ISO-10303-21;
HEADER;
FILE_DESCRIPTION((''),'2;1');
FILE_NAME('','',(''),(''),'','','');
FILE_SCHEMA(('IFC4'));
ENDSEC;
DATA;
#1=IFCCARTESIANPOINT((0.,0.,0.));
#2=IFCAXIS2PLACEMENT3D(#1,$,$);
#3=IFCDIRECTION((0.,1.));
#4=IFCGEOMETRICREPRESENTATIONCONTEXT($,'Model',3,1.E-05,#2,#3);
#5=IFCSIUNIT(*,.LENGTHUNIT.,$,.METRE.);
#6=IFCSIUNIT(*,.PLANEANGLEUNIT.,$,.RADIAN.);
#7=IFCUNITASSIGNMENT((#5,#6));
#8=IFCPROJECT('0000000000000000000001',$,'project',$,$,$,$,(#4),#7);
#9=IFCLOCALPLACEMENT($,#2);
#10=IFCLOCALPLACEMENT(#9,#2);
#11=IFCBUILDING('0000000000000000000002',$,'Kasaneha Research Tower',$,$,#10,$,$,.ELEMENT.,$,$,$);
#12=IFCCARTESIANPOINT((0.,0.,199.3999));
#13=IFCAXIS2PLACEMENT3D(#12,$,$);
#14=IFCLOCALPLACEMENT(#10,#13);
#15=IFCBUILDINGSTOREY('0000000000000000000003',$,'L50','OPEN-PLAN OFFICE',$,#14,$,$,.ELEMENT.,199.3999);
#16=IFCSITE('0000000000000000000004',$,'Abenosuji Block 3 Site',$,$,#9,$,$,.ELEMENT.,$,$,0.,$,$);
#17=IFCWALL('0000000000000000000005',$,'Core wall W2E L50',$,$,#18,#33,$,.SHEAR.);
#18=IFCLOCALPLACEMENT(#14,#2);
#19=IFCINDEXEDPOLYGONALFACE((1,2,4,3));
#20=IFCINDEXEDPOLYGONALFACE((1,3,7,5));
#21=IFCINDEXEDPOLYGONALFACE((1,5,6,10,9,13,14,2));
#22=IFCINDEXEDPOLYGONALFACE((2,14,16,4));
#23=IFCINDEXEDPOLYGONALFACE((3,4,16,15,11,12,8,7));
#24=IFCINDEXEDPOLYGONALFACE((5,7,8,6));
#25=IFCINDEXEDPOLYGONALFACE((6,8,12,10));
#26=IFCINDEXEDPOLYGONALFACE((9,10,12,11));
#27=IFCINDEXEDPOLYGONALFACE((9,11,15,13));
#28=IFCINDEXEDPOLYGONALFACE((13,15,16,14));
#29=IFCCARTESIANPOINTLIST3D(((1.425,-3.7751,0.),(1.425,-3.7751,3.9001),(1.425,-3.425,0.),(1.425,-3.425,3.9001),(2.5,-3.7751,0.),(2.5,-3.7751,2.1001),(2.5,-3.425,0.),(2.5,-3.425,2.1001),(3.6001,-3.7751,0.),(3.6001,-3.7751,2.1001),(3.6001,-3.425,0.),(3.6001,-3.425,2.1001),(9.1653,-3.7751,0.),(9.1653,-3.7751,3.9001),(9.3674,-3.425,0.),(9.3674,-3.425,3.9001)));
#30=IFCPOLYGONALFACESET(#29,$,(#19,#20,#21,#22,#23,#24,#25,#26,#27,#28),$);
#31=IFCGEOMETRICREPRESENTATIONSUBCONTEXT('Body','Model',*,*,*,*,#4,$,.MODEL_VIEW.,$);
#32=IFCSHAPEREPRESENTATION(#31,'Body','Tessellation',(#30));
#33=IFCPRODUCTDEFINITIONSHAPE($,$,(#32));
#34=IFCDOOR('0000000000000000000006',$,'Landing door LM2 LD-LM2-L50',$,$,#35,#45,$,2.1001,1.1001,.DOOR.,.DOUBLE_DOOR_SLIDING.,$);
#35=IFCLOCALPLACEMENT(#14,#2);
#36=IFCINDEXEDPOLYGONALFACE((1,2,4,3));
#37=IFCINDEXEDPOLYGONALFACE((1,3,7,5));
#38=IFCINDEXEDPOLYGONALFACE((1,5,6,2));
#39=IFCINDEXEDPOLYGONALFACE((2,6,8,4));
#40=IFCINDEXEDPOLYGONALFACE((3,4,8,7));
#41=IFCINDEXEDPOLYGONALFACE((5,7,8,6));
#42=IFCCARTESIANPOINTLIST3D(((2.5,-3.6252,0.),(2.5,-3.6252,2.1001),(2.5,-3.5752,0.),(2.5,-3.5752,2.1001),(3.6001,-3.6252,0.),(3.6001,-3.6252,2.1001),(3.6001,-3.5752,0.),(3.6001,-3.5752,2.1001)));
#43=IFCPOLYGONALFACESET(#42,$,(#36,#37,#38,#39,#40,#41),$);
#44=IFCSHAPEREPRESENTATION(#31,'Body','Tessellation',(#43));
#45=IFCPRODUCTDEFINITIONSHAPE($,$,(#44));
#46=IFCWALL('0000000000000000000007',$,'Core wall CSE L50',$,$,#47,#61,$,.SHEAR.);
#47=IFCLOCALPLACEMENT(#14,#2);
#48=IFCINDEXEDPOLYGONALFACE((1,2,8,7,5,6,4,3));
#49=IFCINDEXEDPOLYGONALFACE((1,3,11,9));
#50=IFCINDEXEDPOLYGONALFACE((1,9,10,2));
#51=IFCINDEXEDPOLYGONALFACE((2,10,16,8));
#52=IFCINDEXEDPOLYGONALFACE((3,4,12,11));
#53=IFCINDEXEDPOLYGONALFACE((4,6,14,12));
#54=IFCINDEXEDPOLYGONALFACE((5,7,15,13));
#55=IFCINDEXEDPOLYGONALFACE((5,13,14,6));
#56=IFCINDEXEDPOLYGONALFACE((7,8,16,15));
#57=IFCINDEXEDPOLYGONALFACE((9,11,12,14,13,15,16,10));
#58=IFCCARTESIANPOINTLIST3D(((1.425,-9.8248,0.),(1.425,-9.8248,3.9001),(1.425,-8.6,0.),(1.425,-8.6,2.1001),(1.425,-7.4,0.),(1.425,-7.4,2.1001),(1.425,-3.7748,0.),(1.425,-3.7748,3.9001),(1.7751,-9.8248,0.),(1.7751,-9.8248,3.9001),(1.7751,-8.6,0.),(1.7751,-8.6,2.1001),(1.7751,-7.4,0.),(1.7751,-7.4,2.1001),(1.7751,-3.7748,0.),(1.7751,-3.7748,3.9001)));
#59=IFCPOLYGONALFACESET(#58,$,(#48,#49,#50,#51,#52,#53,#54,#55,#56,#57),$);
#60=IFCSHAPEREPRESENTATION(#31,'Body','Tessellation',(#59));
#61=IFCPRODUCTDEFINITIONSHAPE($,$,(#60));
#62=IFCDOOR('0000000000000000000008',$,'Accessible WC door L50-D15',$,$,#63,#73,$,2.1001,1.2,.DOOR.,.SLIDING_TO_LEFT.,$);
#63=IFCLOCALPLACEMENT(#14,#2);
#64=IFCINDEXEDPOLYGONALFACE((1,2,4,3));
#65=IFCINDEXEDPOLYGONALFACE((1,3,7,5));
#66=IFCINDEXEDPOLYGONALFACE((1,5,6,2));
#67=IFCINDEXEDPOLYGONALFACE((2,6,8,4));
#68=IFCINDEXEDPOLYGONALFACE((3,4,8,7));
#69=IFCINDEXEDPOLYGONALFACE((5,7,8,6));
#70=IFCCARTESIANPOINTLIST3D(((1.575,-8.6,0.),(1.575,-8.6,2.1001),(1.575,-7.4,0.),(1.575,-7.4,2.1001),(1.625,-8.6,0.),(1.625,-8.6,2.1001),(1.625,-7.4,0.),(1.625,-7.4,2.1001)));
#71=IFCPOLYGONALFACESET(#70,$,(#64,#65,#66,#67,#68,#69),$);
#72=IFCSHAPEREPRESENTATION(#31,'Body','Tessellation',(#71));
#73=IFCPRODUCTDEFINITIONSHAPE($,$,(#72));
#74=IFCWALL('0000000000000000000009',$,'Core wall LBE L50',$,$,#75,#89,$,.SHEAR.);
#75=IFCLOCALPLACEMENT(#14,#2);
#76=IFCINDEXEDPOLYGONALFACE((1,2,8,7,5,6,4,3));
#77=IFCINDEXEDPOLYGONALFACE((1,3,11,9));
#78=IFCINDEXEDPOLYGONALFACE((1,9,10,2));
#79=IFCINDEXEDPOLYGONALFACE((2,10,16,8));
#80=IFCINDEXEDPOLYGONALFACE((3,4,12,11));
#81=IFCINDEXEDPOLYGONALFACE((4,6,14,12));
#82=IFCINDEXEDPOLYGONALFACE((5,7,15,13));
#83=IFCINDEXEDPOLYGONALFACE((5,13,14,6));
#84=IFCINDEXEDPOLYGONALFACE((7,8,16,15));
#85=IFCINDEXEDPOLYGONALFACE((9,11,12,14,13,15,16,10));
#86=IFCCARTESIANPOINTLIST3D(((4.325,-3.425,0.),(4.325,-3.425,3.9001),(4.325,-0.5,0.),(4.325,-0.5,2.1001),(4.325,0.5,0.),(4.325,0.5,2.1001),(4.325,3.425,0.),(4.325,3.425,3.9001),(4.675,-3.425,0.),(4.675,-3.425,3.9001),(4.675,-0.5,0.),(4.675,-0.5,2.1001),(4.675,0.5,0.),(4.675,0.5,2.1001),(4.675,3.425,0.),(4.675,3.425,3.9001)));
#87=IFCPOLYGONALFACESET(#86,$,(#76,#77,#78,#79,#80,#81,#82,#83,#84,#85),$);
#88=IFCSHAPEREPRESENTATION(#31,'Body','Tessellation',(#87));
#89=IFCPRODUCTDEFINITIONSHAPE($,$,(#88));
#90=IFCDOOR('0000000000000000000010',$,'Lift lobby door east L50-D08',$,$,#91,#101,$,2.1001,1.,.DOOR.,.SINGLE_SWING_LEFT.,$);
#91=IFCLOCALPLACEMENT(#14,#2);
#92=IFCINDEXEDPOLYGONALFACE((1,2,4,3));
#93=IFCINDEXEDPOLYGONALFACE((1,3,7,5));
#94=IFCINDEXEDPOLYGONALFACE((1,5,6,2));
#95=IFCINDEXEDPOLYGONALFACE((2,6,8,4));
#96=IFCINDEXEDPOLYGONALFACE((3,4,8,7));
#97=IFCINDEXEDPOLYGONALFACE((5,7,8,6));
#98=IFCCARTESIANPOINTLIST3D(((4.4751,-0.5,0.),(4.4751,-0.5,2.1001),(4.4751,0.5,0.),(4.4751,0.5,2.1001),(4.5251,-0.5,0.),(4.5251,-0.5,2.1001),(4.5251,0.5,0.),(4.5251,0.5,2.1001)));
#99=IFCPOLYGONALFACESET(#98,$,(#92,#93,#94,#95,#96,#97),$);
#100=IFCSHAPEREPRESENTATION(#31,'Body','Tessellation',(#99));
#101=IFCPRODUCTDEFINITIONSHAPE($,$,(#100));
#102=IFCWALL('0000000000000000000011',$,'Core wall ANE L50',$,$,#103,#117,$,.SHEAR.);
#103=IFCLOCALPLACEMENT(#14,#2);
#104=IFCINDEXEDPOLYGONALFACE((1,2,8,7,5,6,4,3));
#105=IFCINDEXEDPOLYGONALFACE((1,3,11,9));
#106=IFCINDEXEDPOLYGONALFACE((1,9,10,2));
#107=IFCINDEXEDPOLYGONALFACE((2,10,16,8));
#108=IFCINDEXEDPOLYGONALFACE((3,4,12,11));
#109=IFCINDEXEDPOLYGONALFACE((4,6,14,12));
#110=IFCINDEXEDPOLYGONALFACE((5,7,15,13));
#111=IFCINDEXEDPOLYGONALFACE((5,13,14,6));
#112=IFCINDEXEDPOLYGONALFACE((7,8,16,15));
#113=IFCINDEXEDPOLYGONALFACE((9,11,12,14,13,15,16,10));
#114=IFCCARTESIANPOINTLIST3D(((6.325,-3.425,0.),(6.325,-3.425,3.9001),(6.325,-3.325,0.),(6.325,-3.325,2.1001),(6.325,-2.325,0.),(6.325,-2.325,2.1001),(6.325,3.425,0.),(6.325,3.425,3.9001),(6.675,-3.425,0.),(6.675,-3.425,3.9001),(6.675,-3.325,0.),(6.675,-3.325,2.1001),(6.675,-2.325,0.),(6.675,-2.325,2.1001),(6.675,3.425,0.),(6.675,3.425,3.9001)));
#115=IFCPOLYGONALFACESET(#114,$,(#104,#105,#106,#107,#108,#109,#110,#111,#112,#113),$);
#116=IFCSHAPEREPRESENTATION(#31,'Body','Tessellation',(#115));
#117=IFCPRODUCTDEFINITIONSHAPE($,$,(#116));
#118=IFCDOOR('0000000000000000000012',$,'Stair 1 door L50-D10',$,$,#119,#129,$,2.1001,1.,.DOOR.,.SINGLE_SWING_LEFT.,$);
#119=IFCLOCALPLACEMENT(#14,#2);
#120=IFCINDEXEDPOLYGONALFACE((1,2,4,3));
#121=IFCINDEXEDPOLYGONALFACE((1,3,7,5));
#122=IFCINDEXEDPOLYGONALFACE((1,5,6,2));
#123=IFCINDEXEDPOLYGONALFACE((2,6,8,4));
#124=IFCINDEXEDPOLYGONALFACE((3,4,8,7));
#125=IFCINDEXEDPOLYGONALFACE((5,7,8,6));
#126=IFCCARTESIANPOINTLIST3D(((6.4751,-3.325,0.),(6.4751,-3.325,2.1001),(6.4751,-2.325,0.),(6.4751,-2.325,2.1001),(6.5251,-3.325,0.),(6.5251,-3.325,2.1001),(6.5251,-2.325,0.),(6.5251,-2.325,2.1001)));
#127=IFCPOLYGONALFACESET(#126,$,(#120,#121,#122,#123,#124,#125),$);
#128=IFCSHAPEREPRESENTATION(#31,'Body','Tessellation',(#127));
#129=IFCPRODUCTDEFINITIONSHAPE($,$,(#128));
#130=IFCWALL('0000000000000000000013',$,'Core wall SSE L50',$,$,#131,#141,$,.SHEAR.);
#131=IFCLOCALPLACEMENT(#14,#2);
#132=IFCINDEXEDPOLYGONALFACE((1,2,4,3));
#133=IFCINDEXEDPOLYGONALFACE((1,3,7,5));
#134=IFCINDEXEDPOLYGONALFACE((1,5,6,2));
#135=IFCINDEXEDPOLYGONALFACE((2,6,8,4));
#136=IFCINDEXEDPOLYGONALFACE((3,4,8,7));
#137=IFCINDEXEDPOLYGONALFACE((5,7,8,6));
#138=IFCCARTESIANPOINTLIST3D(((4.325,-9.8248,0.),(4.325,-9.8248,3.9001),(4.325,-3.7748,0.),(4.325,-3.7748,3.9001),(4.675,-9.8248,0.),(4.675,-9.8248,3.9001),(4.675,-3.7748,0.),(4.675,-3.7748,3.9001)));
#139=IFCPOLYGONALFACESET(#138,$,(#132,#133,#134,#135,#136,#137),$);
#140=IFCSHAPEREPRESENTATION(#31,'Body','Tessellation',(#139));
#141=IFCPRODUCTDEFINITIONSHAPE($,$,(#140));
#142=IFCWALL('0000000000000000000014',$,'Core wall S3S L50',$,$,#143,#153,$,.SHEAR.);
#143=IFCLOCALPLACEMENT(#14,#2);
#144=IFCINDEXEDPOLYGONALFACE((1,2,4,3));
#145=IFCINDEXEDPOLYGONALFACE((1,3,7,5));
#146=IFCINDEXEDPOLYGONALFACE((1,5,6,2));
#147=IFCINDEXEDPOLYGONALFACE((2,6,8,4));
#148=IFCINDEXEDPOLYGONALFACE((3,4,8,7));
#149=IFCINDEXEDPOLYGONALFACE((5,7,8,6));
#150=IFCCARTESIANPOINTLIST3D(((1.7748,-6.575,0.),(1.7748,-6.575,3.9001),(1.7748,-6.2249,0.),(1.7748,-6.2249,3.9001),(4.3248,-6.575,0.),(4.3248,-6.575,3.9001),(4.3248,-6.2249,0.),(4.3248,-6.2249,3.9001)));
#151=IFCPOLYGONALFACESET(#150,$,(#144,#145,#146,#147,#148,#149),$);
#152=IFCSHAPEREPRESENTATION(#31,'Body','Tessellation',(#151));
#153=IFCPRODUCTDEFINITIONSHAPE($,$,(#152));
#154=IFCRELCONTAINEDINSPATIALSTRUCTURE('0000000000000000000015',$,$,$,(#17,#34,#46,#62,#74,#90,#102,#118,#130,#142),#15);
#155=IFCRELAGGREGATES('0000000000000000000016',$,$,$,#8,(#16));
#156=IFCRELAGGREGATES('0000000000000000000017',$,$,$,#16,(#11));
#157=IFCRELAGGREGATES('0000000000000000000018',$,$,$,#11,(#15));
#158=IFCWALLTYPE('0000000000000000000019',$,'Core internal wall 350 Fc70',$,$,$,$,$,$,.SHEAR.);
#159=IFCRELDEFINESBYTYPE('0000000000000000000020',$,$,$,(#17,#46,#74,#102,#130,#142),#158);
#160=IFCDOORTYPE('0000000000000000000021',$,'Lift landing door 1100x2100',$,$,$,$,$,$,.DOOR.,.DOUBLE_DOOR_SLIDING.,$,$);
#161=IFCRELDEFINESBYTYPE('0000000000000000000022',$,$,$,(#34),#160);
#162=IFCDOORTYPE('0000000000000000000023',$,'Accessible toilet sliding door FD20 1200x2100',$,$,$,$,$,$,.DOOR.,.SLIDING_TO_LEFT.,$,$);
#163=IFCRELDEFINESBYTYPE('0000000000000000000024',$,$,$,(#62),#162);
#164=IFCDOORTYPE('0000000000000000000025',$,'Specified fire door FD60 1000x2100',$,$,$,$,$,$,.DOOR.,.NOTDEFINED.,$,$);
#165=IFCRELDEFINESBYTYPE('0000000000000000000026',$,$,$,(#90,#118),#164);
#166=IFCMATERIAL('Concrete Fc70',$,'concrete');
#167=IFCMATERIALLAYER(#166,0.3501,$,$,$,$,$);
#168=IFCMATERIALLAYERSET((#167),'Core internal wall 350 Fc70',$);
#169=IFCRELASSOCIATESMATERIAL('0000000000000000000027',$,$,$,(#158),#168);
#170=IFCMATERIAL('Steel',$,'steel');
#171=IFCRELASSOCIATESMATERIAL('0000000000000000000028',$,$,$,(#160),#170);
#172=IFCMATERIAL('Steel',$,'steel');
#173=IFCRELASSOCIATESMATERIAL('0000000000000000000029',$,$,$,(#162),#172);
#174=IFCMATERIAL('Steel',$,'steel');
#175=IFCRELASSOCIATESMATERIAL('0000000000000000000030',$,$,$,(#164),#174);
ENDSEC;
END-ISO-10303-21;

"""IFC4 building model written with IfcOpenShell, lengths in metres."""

from ifc_helpers import new_model, si_unit, direction, frame, frame_2d, origin, place, context, subcontext, project, spatial, polyline, rectangle, outline, extrude, material, layer, layer_set, type_object, element, fill, save


model = new_model("IFC4")

# Units and contexts
model_context = context("Model", 3, precision=1e-05, world=origin(), true_north=direction((0.0, 1.0)))
body_context = subcontext(model_context, "Body", "Model", "MODEL_VIEW")
ifc_project = project(units=[si_unit("LENGTHUNIT", "METRE"), si_unit("PLANEANGLEUNIT", "RADIAN")], contexts=[model_context])

# Site, building, storey
site_placement = place(None, origin())
site = spatial("IfcSite", under=ifc_project, at=site_placement, Name="Abenosuji Block 3 Site", CompositionType="ELEMENT", RefElevation=0.0)
building_placement = place(site_placement, origin())
building = spatial("IfcBuilding", under=site, at=building_placement, Name="Kasaneha Research Tower", CompositionType="ELEMENT")
storey_placement = place(building_placement, frame((0.0, 0.0, 199.3999)))
storey = spatial("IfcBuildingStorey", under=building, at=storey_placement, Name="L50", Description="OPEN-PLAN OFFICE", CompositionType="ELEMENT", Elevation=199.3999)

# Walls, openings, doors
ifc_material_1 = material(Name="Concrete Fc70", Category="concrete")
ifc_layer_1 = layer(ifc_material_1, 0.3501)
ifc_layer_set_1 = layer_set([ifc_layer_1], Name="Core internal wall 350 Fc70")
wall_type_1 = type_object("IfcWallType", Name="Core internal wall 350 Fc70", PredefinedType="SHEAR", material=ifc_layer_set_1)
wall_1_placement = place(storey_placement, frame((1.425, -3.6001, 0.0), z_axis=(0.0, 0.0, 1.0), x_axis=(1.0, 0.0, 0.0)))
wall_1 = element("IfcWall", 1, at=wall_1_placement, inside=storey, type_object=wall_type_1, Name="Core wall W2E L50", PredefinedType="SHEAR", context=body_context, shape_type="SweptSolid", body=[
    extrude(outline(polyline([(0.0, -0.175), (1.075, -0.175), (2.175, -0.175), (7.7402, -0.175), (7.9424, 0.175), (2.175, 0.175), (1.075, 0.175), (0.0, 0.175), (0.0, -0.175)])), origin(), (0.0, 0.0, 1.0), 3.9001),
])
opening_1_placement = place(wall_1_placement, frame((1.075, 0.0, 0.0)))
opening_1 = element("IfcOpeningElement", 2, at=opening_1_placement, cuts=wall_1, PredefinedType="OPENING", context=body_context, shape_type="SweptSolid", body=[
    extrude(rectangle(XDim=1.1001, YDim=2.1001, at=frame_2d((0.55, 1.05))), frame((0.0, 0.1851, 0.0), z_axis=(0.0, -1.0, 0.0), x_axis=(1.0, 0.0, 0.0)), (0.0, 0.0, 1.0), 0.3701),
])
ifc_material_2 = material(Name="Steel", Category="steel")
door_type_1 = type_object("IfcDoorType", Name="Lift landing door 1100x2100", OperationType="DOUBLE_DOOR_SLIDING", PredefinedType="DOOR", material=ifc_material_2)
door_1_placement = place(opening_1_placement, origin())
door_1 = element("IfcDoor", 3, at=door_1_placement, inside=storey, type_object=door_type_1, Name="Landing door LM2 LD-LM2-L50", OperationType="DOUBLE_DOOR_SLIDING", OverallHeight=2.1001, OverallWidth=1.1001, PredefinedType="DOOR", context=body_context, shape_type="SweptSolid", body=[
    extrude(rectangle(XDim=1.1001, YDim=2.1001, at=frame_2d((0.55, 1.05))), frame((0.0, 0.0249, 0.0), z_axis=(0.0, -1.0, 0.0), x_axis=(1.0, 0.0, 0.0)), (0.0, 0.0, 1.0), 0.05),
])
fill(opening_1, door_1)
wall_2_placement = place(storey_placement, frame((1.6001, -3.7749, 0.0), z_axis=(0.0, 0.0, 1.0), x_axis=(0.0, -1.0, 0.0)))
wall_2 = element("IfcWall", 4, at=wall_2_placement, inside=storey, type_object=wall_type_1, Name="Core wall CSE L50", PredefinedType="SHEAR", context=body_context, shape_type="SweptSolid", body=[
    extrude(rectangle(XDim=6.05, YDim=0.3501, at=frame_2d((3.0249, 0.0))), origin(), (0.0, 0.0, 1.0), 3.9001),
])
opening_2_placement = place(wall_2_placement, frame((3.625, 0.0, 0.0)))
opening_2 = element("IfcOpeningElement", 5, at=opening_2_placement, cuts=wall_2, PredefinedType="OPENING", context=body_context, shape_type="SweptSolid", body=[
    extrude(rectangle(XDim=1.2, YDim=2.1001, at=frame_2d((0.6001, 1.05))), frame((0.0, 0.1851, 0.0), z_axis=(0.0, -1.0, 0.0), x_axis=(1.0, 0.0, 0.0)), (0.0, 0.0, 1.0), 0.3701),
])
ifc_material_3 = material(Name="Steel", Category="steel")
door_type_2 = type_object("IfcDoorType", Name="Accessible toilet sliding door FD20 1200x2100", OperationType="SLIDING_TO_LEFT", PredefinedType="DOOR", material=ifc_material_3)
door_2_placement = place(opening_2_placement, origin())
door_2 = element("IfcDoor", 6, at=door_2_placement, inside=storey, type_object=door_type_2, Name="Accessible WC door L50-D15", OperationType="SLIDING_TO_LEFT", OverallHeight=2.1001, OverallWidth=1.2, PredefinedType="DOOR", context=body_context, shape_type="SweptSolid", body=[
    extrude(rectangle(XDim=1.2, YDim=2.1001, at=frame_2d((0.6001, 1.05))), frame((0.0, 0.0249, 0.0), z_axis=(0.0, -1.0, 0.0), x_axis=(1.0, 0.0, 0.0)), (0.0, 0.0, 1.0), 0.05),
])
fill(opening_2, door_2)
wall_3_placement = place(storey_placement, frame((4.5, -3.425, 0.0), z_axis=(0.0, 0.0, 1.0), x_axis=(0.0, 1.0, 0.0)))
wall_3 = element("IfcWall", 7, at=wall_3_placement, inside=storey, type_object=wall_type_1, Name="Core wall LBE L50", PredefinedType="SHEAR", context=body_context, shape_type="SweptSolid", body=[
    extrude(rectangle(XDim=6.8501, YDim=0.3501, at=frame_2d((3.425, 0.0))), origin(), (0.0, 0.0, 1.0), 3.9001),
])
opening_3_placement = place(wall_3_placement, frame((2.925, 0.0, 0.0)))
opening_3 = element("IfcOpeningElement", 8, at=opening_3_placement, cuts=wall_3, PredefinedType="OPENING", context=body_context, shape_type="SweptSolid", body=[
    extrude(rectangle(XDim=1.0, YDim=2.1001, at=frame_2d((0.5, 1.05))), frame((0.0, 0.1851, 0.0), z_axis=(0.0, -1.0, 0.0), x_axis=(1.0, 0.0, 0.0)), (0.0, 0.0, 1.0), 0.3701),
])
ifc_material_4 = material(Name="Steel", Category="steel")
door_type_3 = type_object("IfcDoorType", Name="Specified fire door FD60 1000x2100", OperationType="NOTDEFINED", PredefinedType="DOOR", material=ifc_material_4)
door_3_placement = place(opening_3_placement, origin())
door_3 = element("IfcDoor", 9, at=door_3_placement, inside=storey, type_object=door_type_3, Name="Lift lobby door east L50-D08", OperationType="SINGLE_SWING_LEFT", OverallHeight=2.1001, OverallWidth=1.0, PredefinedType="DOOR", context=body_context, shape_type="SweptSolid", body=[
    extrude(rectangle(XDim=1.0, YDim=2.1001, at=frame_2d((0.5, 1.05))), frame((0.0, 0.0249, 0.0), z_axis=(0.0, -1.0, 0.0), x_axis=(1.0, 0.0, 0.0)), (0.0, 0.0, 1.0), 0.05),
])
fill(opening_3, door_3)
wall_4_placement = place(storey_placement, frame((6.5, -3.425, 0.0), z_axis=(0.0, 0.0, 1.0), x_axis=(0.0, 1.0, 0.0)))
wall_4 = element("IfcWall", 10, at=wall_4_placement, inside=storey, type_object=wall_type_1, Name="Core wall ANE L50", PredefinedType="SHEAR", context=body_context, shape_type="SweptSolid", body=[
    extrude(rectangle(XDim=6.8501, YDim=0.3501, at=frame_2d((3.425, 0.0))), origin(), (0.0, 0.0, 1.0), 3.9001),
])
opening_4_placement = place(wall_4_placement, frame((0.1001, 0.0, 0.0)))
opening_4 = element("IfcOpeningElement", 11, at=opening_4_placement, cuts=wall_4, PredefinedType="OPENING", context=body_context, shape_type="SweptSolid", body=[
    extrude(rectangle(XDim=1.0, YDim=2.1001, at=frame_2d((0.5, 1.05))), frame((0.0, 0.1851, 0.0), z_axis=(0.0, -1.0, 0.0), x_axis=(1.0, 0.0, 0.0)), (0.0, 0.0, 1.0), 0.3701),
])
door_4_placement = place(opening_4_placement, origin())
door_4 = element("IfcDoor", 12, at=door_4_placement, inside=storey, type_object=door_type_3, Name="Stair 1 door L50-D10", OperationType="SINGLE_SWING_LEFT", OverallHeight=2.1001, OverallWidth=1.0, PredefinedType="DOOR", context=body_context, shape_type="SweptSolid", body=[
    extrude(rectangle(XDim=1.0, YDim=2.1001, at=frame_2d((0.5, 1.05))), frame((0.0, 0.0249, 0.0), z_axis=(0.0, -1.0, 0.0), x_axis=(1.0, 0.0, 0.0)), (0.0, 0.0, 1.0), 0.05),
])
fill(opening_4, door_4)

# Walls
wall_5_placement = place(storey_placement, frame((4.5, -3.7749, 0.0), z_axis=(0.0, 0.0, 1.0), x_axis=(0.0, -1.0, 0.0)))
element("IfcWall", 13, at=wall_5_placement, inside=storey, type_object=wall_type_1, Name="Core wall SSE L50", PredefinedType="SHEAR", context=body_context, shape_type="SweptSolid", body=[
    extrude(rectangle(XDim=6.05, YDim=0.3501, at=frame_2d((3.0249, 0.0))), origin(), (0.0, 0.0, 1.0), 3.9001),
])
wall_6_placement = place(storey_placement, frame((1.7749, -6.3999, 0.0), z_axis=(0.0, 0.0, 1.0), x_axis=(1.0, 0.0, 0.0)))
element("IfcWall", 14, at=wall_6_placement, inside=storey, type_object=wall_type_1, Name="Core wall S3S L50", PredefinedType="SHEAR", context=body_context, shape_type="SweptSolid", body=[
    extrude(rectangle(XDim=2.55, YDim=0.3501, at=frame_2d((1.2749, 0.0))), origin(), (0.0, 0.0, 1.0), 3.9001),
])

save(model, "model.ifc")
